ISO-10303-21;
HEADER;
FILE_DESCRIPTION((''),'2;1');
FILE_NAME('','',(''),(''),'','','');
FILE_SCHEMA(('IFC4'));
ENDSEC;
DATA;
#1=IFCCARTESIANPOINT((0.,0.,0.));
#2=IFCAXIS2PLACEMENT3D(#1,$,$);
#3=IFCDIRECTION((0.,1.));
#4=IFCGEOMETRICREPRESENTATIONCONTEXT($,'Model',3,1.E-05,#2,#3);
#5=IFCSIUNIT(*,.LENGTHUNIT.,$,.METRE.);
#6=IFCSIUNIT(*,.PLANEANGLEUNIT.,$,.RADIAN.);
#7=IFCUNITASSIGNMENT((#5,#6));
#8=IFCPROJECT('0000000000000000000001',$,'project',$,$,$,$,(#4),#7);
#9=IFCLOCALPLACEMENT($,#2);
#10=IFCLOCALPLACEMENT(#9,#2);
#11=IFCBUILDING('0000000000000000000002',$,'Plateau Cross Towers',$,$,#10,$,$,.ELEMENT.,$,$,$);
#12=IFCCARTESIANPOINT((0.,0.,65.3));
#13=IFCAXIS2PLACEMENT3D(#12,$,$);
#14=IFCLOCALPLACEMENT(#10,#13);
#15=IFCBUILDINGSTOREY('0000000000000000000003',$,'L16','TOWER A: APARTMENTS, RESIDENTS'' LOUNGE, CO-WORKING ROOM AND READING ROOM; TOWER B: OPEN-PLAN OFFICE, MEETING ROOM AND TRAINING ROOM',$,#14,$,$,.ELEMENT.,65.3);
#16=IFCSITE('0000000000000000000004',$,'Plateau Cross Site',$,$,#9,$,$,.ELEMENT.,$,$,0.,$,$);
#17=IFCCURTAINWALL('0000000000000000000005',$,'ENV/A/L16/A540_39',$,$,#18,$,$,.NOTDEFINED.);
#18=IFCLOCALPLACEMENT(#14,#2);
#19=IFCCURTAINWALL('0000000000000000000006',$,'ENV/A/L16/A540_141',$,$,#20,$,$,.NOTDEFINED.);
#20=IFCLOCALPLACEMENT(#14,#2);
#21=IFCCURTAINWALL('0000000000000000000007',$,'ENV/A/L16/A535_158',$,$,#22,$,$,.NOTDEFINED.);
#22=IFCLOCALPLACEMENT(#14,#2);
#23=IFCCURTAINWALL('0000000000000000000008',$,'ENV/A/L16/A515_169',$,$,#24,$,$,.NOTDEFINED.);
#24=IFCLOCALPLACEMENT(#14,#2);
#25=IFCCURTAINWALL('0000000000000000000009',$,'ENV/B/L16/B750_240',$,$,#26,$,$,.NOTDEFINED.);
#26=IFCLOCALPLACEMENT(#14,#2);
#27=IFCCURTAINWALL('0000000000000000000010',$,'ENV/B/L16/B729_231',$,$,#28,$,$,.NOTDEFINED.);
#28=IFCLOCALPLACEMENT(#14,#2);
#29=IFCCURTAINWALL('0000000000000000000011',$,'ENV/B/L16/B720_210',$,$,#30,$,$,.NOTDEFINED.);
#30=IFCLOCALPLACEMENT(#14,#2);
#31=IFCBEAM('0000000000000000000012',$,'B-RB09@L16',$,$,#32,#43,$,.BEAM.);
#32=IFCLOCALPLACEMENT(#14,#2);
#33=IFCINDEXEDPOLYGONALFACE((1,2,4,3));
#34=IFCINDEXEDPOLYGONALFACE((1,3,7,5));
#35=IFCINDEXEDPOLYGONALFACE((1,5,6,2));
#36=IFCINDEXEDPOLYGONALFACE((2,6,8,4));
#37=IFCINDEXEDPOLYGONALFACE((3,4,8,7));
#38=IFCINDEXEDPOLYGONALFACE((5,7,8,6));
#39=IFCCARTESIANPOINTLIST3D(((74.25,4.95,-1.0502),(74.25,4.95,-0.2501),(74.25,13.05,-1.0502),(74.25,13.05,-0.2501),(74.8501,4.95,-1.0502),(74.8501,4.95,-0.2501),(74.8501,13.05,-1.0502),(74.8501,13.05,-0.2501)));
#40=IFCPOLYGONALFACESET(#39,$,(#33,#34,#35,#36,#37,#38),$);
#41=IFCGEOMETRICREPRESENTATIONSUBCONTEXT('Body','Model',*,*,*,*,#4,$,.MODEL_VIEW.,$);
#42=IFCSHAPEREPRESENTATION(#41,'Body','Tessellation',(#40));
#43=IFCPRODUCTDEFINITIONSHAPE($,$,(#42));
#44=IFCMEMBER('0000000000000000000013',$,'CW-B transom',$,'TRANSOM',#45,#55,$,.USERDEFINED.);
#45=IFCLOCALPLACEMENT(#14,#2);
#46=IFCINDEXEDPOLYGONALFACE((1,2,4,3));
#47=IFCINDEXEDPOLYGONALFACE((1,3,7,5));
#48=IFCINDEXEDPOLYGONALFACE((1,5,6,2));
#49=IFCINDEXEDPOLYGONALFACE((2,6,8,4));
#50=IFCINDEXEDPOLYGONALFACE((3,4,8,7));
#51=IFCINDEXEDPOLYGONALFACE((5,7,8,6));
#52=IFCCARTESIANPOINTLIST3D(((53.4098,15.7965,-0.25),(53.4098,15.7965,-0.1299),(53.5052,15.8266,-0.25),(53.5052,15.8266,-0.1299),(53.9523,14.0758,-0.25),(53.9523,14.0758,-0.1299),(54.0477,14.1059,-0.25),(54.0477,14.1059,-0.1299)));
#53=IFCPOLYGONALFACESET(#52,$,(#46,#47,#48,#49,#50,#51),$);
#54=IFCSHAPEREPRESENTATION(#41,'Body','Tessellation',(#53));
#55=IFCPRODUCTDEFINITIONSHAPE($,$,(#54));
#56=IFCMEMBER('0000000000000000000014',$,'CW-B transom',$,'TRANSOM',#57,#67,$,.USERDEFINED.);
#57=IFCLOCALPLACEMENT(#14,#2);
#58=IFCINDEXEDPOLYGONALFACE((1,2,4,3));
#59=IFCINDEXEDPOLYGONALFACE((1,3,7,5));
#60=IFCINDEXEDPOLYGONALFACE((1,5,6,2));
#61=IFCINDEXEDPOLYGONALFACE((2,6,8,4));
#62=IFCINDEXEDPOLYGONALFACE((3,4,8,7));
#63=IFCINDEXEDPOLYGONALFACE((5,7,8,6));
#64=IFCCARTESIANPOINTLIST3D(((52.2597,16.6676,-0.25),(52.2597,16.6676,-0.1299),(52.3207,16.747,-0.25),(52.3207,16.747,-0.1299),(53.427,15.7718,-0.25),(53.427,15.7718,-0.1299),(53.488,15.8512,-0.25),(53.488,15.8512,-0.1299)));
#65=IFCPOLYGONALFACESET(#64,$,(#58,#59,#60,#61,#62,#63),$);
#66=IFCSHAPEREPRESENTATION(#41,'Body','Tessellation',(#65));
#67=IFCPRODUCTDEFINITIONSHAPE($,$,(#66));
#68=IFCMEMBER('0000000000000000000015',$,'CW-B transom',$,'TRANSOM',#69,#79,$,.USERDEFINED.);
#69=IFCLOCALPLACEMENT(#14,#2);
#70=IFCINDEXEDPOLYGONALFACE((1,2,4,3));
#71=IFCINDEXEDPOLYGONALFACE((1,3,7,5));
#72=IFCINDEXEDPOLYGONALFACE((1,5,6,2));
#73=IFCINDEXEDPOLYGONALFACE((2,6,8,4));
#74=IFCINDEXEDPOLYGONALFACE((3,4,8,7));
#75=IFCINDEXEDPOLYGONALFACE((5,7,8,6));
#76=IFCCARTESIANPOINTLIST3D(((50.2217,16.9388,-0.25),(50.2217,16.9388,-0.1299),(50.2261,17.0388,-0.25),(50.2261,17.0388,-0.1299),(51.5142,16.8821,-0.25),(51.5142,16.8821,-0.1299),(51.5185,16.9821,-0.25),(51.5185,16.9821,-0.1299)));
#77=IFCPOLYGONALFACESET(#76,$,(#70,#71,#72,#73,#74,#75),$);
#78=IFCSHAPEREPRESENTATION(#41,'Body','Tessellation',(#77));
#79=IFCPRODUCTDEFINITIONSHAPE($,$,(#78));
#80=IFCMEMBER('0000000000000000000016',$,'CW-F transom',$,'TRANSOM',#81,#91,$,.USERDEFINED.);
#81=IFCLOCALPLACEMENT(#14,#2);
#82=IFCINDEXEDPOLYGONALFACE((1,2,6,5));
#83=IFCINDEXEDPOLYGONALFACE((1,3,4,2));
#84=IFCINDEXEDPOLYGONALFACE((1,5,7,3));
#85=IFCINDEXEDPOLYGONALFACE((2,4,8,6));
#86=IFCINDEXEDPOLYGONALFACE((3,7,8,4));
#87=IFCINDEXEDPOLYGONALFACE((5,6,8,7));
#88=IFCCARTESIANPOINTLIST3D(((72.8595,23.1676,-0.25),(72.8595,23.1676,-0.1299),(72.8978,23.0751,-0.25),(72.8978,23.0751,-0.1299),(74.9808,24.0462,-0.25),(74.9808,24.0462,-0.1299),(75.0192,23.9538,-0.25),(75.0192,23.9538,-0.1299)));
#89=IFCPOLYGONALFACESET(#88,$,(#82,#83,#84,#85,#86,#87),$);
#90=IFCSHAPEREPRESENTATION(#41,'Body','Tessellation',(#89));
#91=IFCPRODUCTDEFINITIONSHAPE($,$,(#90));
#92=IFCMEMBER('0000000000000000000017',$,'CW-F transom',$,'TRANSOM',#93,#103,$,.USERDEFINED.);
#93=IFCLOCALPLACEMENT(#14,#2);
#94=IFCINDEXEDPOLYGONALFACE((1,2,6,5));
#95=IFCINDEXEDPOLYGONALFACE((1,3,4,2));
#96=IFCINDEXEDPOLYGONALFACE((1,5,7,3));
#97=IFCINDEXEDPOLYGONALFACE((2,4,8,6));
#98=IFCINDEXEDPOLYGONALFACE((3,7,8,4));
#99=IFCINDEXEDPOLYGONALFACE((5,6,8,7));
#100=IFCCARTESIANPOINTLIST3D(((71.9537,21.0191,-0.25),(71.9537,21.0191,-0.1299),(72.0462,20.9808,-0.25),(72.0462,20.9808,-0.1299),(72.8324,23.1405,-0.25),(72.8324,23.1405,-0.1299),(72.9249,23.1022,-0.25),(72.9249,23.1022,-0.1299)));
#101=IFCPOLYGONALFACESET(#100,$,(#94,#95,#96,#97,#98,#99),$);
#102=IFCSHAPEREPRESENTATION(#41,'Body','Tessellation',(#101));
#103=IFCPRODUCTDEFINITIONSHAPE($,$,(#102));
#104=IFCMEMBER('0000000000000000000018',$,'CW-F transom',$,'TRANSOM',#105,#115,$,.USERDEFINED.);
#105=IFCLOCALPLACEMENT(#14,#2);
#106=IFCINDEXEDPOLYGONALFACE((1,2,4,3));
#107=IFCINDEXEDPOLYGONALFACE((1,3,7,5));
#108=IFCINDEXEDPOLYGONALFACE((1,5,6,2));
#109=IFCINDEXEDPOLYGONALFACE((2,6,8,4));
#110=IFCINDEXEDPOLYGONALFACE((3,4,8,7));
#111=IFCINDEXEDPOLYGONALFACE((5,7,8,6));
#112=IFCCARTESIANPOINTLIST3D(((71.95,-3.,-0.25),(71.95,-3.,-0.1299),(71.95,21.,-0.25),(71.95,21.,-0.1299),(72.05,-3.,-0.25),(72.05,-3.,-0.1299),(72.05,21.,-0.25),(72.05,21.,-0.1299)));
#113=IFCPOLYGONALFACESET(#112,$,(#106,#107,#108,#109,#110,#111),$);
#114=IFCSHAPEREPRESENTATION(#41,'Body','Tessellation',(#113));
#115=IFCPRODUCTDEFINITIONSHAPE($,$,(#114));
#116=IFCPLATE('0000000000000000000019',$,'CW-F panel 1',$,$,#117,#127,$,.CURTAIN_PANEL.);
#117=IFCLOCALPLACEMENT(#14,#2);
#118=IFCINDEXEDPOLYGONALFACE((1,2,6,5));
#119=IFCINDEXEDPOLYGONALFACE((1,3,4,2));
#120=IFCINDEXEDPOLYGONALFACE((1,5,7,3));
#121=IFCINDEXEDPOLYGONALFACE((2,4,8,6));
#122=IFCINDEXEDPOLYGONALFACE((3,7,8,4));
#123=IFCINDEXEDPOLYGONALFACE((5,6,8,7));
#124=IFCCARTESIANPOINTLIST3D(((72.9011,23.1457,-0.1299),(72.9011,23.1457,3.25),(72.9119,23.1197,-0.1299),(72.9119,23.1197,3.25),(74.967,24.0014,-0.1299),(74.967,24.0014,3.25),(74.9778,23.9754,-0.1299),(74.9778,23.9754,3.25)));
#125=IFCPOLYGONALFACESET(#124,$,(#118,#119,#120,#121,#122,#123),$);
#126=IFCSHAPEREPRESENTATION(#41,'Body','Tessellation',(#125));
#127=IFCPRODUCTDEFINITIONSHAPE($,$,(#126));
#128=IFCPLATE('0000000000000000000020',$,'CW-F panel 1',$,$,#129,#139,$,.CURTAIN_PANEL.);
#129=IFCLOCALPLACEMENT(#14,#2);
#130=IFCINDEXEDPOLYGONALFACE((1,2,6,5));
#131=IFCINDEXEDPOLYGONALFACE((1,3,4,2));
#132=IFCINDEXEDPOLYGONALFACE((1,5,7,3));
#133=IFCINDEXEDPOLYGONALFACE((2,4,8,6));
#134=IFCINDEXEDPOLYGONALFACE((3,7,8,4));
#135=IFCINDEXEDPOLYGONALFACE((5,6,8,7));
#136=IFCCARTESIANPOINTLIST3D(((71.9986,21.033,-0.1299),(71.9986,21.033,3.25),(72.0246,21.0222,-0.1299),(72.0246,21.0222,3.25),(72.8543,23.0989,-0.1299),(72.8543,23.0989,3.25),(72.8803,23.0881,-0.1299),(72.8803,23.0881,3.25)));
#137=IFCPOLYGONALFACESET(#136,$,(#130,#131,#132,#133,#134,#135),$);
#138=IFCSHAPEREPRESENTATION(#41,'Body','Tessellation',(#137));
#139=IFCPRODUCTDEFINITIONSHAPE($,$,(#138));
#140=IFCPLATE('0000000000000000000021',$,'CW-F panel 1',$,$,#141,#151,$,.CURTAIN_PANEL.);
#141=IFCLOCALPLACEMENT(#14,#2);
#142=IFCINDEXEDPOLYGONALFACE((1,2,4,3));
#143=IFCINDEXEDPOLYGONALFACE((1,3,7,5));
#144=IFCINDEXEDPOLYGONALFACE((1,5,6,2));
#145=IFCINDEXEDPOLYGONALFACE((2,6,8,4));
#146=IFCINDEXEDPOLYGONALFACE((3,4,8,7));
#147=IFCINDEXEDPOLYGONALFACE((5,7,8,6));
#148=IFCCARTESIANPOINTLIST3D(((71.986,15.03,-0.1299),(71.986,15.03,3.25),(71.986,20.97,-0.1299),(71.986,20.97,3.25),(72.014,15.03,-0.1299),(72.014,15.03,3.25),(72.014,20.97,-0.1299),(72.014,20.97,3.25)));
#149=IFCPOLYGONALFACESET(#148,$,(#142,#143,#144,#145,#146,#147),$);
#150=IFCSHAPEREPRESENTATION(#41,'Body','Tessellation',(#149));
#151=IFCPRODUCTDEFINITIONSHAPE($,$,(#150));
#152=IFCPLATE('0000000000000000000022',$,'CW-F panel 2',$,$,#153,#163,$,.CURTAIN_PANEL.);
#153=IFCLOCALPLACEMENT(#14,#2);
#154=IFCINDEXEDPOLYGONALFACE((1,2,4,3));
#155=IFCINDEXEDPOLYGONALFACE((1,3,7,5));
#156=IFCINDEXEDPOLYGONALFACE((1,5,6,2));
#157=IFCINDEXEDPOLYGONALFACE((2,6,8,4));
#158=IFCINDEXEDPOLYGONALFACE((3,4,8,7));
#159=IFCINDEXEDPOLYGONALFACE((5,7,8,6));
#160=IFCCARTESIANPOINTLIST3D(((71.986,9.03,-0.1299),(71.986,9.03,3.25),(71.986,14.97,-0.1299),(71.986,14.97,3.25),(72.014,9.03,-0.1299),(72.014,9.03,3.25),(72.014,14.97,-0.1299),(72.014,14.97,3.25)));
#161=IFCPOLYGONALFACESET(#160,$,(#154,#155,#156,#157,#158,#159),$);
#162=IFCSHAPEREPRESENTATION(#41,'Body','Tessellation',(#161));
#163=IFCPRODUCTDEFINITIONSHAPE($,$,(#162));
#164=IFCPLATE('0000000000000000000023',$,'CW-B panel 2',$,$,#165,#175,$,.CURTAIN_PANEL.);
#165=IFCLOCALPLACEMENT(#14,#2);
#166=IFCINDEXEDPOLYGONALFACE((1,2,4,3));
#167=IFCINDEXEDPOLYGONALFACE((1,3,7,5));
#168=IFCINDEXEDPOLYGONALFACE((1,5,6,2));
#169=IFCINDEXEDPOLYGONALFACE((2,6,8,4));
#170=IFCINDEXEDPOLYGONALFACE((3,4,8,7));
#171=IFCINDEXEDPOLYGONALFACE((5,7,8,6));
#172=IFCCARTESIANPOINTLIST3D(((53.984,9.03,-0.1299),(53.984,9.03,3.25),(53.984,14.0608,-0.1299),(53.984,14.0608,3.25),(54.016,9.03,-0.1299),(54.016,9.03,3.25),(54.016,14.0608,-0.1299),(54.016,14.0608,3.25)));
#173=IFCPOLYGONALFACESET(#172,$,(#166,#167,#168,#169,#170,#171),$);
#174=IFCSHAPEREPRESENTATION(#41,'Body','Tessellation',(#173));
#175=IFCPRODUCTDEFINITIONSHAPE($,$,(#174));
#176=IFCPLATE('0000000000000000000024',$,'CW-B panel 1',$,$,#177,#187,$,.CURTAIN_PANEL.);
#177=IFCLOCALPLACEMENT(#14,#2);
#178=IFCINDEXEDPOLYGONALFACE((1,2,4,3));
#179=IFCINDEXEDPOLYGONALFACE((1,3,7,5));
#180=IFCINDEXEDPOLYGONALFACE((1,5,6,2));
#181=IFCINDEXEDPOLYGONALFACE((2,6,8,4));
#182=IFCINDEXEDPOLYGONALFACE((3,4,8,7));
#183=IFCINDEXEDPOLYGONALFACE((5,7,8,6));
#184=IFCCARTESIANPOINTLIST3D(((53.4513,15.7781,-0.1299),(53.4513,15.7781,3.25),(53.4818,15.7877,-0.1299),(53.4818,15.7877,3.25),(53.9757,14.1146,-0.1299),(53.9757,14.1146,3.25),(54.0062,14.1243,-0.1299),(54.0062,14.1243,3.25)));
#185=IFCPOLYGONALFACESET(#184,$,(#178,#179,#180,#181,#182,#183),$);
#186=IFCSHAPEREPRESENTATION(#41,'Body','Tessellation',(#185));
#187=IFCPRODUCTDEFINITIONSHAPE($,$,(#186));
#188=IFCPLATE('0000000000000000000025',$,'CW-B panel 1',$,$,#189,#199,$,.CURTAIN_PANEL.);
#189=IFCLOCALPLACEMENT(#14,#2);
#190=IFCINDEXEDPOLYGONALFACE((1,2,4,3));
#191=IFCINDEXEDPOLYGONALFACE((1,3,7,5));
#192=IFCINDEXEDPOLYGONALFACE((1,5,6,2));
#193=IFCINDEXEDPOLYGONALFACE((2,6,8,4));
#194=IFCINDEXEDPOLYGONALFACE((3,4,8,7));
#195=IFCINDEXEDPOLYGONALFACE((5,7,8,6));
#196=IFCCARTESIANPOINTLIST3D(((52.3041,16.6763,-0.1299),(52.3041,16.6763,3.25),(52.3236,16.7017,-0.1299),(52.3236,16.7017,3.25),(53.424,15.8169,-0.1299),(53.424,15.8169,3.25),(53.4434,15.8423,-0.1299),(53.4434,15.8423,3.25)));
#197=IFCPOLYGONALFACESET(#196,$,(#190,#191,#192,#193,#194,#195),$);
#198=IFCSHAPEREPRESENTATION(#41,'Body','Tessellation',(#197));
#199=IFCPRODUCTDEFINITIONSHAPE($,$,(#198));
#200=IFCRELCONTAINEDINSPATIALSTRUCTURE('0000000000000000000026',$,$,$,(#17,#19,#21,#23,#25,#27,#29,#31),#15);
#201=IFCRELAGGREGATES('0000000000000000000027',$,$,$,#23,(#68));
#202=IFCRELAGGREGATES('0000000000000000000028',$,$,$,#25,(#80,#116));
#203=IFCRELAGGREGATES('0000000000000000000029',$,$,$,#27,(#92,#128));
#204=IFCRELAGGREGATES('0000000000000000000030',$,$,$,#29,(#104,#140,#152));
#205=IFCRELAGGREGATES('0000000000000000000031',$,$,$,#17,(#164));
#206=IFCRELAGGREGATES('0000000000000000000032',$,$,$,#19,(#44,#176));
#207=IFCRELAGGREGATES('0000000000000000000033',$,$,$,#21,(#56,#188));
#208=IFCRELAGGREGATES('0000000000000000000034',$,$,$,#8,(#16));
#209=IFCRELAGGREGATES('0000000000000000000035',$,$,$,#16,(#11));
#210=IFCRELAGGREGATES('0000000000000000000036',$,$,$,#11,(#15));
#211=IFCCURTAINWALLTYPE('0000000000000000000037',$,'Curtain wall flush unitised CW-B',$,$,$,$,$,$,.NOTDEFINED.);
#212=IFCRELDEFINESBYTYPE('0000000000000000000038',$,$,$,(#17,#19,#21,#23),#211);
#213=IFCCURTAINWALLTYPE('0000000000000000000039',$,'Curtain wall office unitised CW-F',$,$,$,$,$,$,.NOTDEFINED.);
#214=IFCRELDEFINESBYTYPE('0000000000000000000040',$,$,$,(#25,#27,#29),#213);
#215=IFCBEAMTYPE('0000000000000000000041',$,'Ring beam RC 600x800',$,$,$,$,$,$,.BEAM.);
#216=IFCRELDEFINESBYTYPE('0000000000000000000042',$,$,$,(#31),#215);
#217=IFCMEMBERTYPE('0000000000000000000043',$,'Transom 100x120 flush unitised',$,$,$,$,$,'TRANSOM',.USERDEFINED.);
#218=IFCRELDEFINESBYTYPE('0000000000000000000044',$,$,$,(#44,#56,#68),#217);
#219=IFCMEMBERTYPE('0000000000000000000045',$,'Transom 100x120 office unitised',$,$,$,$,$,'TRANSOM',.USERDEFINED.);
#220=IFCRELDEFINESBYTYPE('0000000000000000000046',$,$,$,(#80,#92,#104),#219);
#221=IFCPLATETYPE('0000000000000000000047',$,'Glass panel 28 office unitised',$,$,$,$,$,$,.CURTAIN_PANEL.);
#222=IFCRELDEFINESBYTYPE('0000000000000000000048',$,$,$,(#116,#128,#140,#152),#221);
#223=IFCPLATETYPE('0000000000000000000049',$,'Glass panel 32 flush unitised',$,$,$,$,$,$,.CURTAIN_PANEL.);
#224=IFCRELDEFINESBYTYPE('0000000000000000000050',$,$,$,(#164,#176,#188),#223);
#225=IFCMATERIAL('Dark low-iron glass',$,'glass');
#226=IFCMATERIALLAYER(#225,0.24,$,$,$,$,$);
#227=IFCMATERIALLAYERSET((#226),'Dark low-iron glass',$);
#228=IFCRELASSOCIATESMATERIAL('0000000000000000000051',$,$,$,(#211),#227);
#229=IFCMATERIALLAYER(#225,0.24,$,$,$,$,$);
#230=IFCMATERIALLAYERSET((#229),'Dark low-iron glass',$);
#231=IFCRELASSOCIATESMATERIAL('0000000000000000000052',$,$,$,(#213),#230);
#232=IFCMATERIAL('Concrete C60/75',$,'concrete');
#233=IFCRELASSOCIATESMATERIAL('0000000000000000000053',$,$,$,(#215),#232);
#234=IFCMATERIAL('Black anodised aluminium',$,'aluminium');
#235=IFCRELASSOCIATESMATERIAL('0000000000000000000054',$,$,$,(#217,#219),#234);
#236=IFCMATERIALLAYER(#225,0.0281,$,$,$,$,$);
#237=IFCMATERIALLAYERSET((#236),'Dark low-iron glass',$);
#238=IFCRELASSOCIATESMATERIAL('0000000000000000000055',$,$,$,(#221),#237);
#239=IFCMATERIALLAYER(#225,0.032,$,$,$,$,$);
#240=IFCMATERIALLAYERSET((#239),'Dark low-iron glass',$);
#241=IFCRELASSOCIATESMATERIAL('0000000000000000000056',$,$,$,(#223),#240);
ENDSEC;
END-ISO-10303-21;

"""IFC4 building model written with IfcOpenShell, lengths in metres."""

from ifc_helpers import new_model, si_unit, direction, frame, origin, origin_2d, place, context, subcontext, project, spatial, rectangle, extrude, material, layer, layer_set, material_profile, profile_set, type_object, element, aggregate, save


model = new_model("IFC4")

# Units and contexts
model_context = context("Model", 3, precision=1e-05, world=origin(), true_north=direction((0.0, 1.0)))
body_context = subcontext(model_context, "Body", "Model", "MODEL_VIEW")
ifc_project = project(units=[si_unit("LENGTHUNIT", "METRE"), si_unit("PLANEANGLEUNIT", "RADIAN")], contexts=[model_context])

# Site, building, storey
site_placement = place(None, origin())
site = spatial("IfcSite", under=ifc_project, at=site_placement, Name="Plateau Cross Site", CompositionType="ELEMENT", RefElevation=0.0)
building_placement = place(site_placement, origin())
building = spatial("IfcBuilding", under=site, at=building_placement, Name="Plateau Cross Towers", CompositionType="ELEMENT")
storey_placement = place(building_placement, frame((0.0, 0.0, 65.3)))
storey = spatial("IfcBuildingStorey", under=building, at=storey_placement, Name="L16", Description="TOWER A: APARTMENTS, RESIDENTS' LOUNGE, CO-WORKING ROOM AND READING ROOM; TOWER B: OPEN-PLAN OFFICE, MEETING ROOM AND TRAINING ROOM", CompositionType="ELEMENT", Elevation=65.3)

# Shared definitions
ifc_material_1 = material(Name="Concrete C60/75", Category="concrete")

# Curtain walls
ifc_material_2 = material(Name="Dark low-iron glass", Category="glass")
ifc_layer_1 = layer(ifc_material_2, 0.24)
ifc_layer_set_1 = layer_set([ifc_layer_1], Name="Dark low-iron glass")
curtain_wall_type_1 = type_object("IfcCurtainWallType", Name="Curtain wall flush unitised CW-B", PredefinedType="NOTDEFINED", material=ifc_layer_set_1)
curtain_wall_1_placement = place(storey_placement, origin())
curtain_wall_1 = element("IfcCurtainWall", 1, at=curtain_wall_1_placement, inside=storey, type_object=curtain_wall_type_1, Name="ENV/A/L16/A540_39", PredefinedType="NOTDEFINED")
ifc_material_3 = material(Name="Black anodised aluminium", Category="aluminium")
curtain_wall_2_placement = place(storey_placement, origin())
curtain_wall_2 = element("IfcCurtainWall", 2, at=curtain_wall_2_placement, inside=storey, type_object=curtain_wall_type_1, Name="ENV/A/L16/A540_141", PredefinedType="NOTDEFINED")

# Curtain wall
curtain_wall_3_placement = place(storey_placement, origin())
curtain_wall_3 = element("IfcCurtainWall", 3, at=curtain_wall_3_placement, inside=storey, type_object=curtain_wall_type_1, Name="ENV/A/L16/A535_158", PredefinedType="NOTDEFINED")

# Curtain walls
curtain_wall_4_placement = place(storey_placement, origin())
curtain_wall_4 = element("IfcCurtainWall", 4, at=curtain_wall_4_placement, inside=storey, type_object=curtain_wall_type_1, Name="ENV/A/L16/A515_169", PredefinedType="NOTDEFINED")
ifc_layer_2 = layer(ifc_material_2, 0.24)
ifc_layer_set_2 = layer_set([ifc_layer_2], Name="Dark low-iron glass")
curtain_wall_type_2 = type_object("IfcCurtainWallType", Name="Curtain wall office unitised CW-F", PredefinedType="NOTDEFINED", material=ifc_layer_set_2)
curtain_wall_5_placement = place(storey_placement, origin())
curtain_wall_5 = element("IfcCurtainWall", 5, at=curtain_wall_5_placement, inside=storey, type_object=curtain_wall_type_2, Name="ENV/B/L16/B750_240", PredefinedType="NOTDEFINED")
curtain_wall_6_placement = place(storey_placement, origin())
curtain_wall_6 = element("IfcCurtainWall", 6, at=curtain_wall_6_placement, inside=storey, type_object=curtain_wall_type_2, Name="ENV/B/L16/B729_231", PredefinedType="NOTDEFINED")

# Curtain wall
curtain_wall_7_placement = place(storey_placement, origin())
curtain_wall_7 = element("IfcCurtainWall", 7, at=curtain_wall_7_placement, inside=storey, type_object=curtain_wall_type_2, Name="ENV/B/L16/B720_210", PredefinedType="NOTDEFINED")

# Beam
ifc_material_profile_1 = material_profile(ifc_material_1, rectangle(XDim=0.6001, YDim=0.8, at=origin_2d()), Name="RC 600x800")
ifc_profile_set_1 = profile_set([ifc_material_profile_1], Name="Concrete C60/75")
beam_type = type_object("IfcBeamType", Name="Ring beam RC 600x800", PredefinedType="BEAM", material=ifc_profile_set_1)
for number, where, z_axis, x_axis, name in (
    (8, (74.55, 13.05, -0.6501), (0.0, -1.0, 0.0), (1.0, 0.0, 0.0), "B-RB09@L16"),
):
    element("IfcBeam", number, at=place(storey_placement, frame(where, z_axis=z_axis, x_axis=x_axis)), inside=storey, type_object=beam_type, Name=name, PredefinedType="BEAM", context=body_context, shape_type="SweptSolid", body=[
        extrude(rectangle(XDim=0.6001, YDim=0.8, at=origin_2d()), origin(), (0.0, 0.0, 1.0), 8.1001),
    ])

# Members
ifc_material_profile_2 = material_profile(ifc_material_3, rectangle(XDim=0.1001, YDim=0.1201, at=origin_2d()), Name="TRANSOM 100x120")
ifc_profile_set_2 = profile_set([ifc_material_profile_2], Name="Black anodised aluminium")
member_type_1 = type_object("IfcMemberType", Name="Transom 100x120 flush unitised", ElementType="TRANSOM", PredefinedType="USERDEFINED", material=ifc_profile_set_2)
member_1_placement = place(storey_placement, frame((54.0, 14.0908, -0.1899), z_axis=(-0.300678, 0.953726, 0.0), x_axis=(-0.953726, -0.300678, 0.0)))
member_1 = element("IfcMember", 9, at=member_1_placement, type_object=member_type_1, Name="CW-B transom", ObjectType="TRANSOM", PredefinedType="USERDEFINED", context=body_context, shape_type="SweptSolid", body=[
    extrude(rectangle(XDim=0.1001, YDim=0.1201, at=origin_2d()), origin(), (0.0, 0.0, 1.0), 1.8042),
])
member_2_placement = place(storey_placement, frame((53.4575, 15.8115, -0.1899), z_axis=(-0.793321, 0.608804, 0.0), x_axis=(-0.608804, -0.793321, 0.0)))
member_2 = element("IfcMember", 10, at=member_2_placement, type_object=member_type_1, Name="CW-B transom", ObjectType="TRANSOM", PredefinedType="USERDEFINED", context=body_context, shape_type="SweptSolid", body=[
    extrude(rectangle(XDim=0.1001, YDim=0.1201, at=origin_2d()), origin(), (0.0, 0.0, 1.0), 1.4714),
])
member_3_placement = place(storey_placement, frame((51.5164, 16.9321, -0.1899), z_axis=(-0.999041, 0.043781, 0.0), x_axis=(-0.043781, -0.999041, 0.0)))
member_3 = element("IfcMember", 11, at=member_3_placement, type_object=member_type_1, Name="CW-B transom", ObjectType="TRANSOM", PredefinedType="USERDEFINED", context=body_context, shape_type="SweptSolid", body=[
    extrude(rectangle(XDim=0.1001, YDim=0.1201, at=origin_2d()), origin(), (0.0, 0.0, 1.0), 1.2937),
])
aggregate(curtain_wall_4, [member_3])
ifc_material_profile_3 = material_profile(ifc_material_3, rectangle(XDim=0.1001, YDim=0.1201, at=origin_2d()), Name="TRANSOM 100x120")
ifc_profile_set_3 = profile_set([ifc_material_profile_3], Name="Black anodised aluminium")
member_type_2 = type_object("IfcMemberType", Name="Transom 100x120 office unitised", ElementType="TRANSOM", PredefinedType="USERDEFINED", material=ifc_profile_set_3)
member_4_placement = place(storey_placement, frame((75.0, 24.0, -0.1899), z_axis=(-0.923883, -0.382674, 0.0), x_axis=(0.382674, -0.923883, 0.0)))
member_4 = element("IfcMember", 12, at=member_4_placement, type_object=member_type_2, Name="CW-F transom", ObjectType="TRANSOM", PredefinedType="USERDEFINED", context=body_context, shape_type="SweptSolid", body=[
    extrude(rectangle(XDim=0.1001, YDim=0.1201, at=origin_2d()), origin(), (0.0, 0.0, 1.0), 2.2961),
])
member_5_placement = place(storey_placement, frame((72.8787, 23.1213, -0.1899), z_axis=(-0.382674, -0.923883, 0.0), x_axis=(0.923883, -0.382674, 0.0)))
member_5 = element("IfcMember", 13, at=member_5_placement, type_object=member_type_2, Name="CW-F transom", ObjectType="TRANSOM", PredefinedType="USERDEFINED", context=body_context, shape_type="SweptSolid", body=[
    extrude(rectangle(XDim=0.1001, YDim=0.1201, at=origin_2d()), origin(), (0.0, 0.0, 1.0), 2.2961),
])
member_6_placement = place(storey_placement, frame((72.0, 21.0, -0.1899), z_axis=(0.0, -1.0, 0.0), x_axis=(1.0, 0.0, 0.0)))
member_6 = element("IfcMember", 14, at=member_6_placement, type_object=member_type_2, Name="CW-F transom", ObjectType="TRANSOM", PredefinedType="USERDEFINED", context=body_context, shape_type="SweptSolid", body=[
    extrude(rectangle(XDim=0.1001, YDim=0.1201, at=origin_2d()), origin(), (0.0, 0.0, 1.0), 24.0),
])

# Plates
ifc_layer_3 = layer(ifc_material_2, 0.0281)
ifc_layer_set_3 = layer_set([ifc_layer_3], Name="Dark low-iron glass")
plate_type_1 = type_object("IfcPlateType", Name="Glass panel 28 office unitised", PredefinedType="CURTAIN_PANEL", material=ifc_layer_set_3)
plate_1_placement = place(storey_placement, frame((73.9395, 23.5605, -0.1299), z_axis=(0.0, 0.0, 1.0), x_axis=(-0.923879, -0.382684, 0.0)))
plate_1 = element("IfcPlate", 15, at=plate_1_placement, type_object=plate_type_1, Name="CW-F panel 1", PredefinedType="CURTAIN_PANEL", context=body_context, shape_type="SweptSolid", body=[
    extrude(rectangle(XDim=2.2361, YDim=0.0281, at=origin_2d()), origin(), (0.0, 0.0, 1.0), 3.3799),
])
aggregate(curtain_wall_5, [member_4, plate_1])
plate_2_placement = place(storey_placement, frame((72.4395, 22.0605, -0.1299), z_axis=(0.0, 0.0, 1.0), x_axis=(-0.382684, -0.923879, 0.0)))
plate_2 = element("IfcPlate", 16, at=plate_2_placement, type_object=plate_type_1, Name="CW-F panel 1", PredefinedType="CURTAIN_PANEL", context=body_context, shape_type="SweptSolid", body=[
    extrude(rectangle(XDim=2.2361, YDim=0.0281, at=origin_2d()), origin(), (0.0, 0.0, 1.0), 3.3799),
])
aggregate(curtain_wall_6, [member_5, plate_2])
plate_3_placement = place(storey_placement, frame((72.0, 18.0, -0.1299), z_axis=(0.0, 0.0, 1.0), x_axis=(0.0, -1.0, 0.0)))
plate_3 = element("IfcPlate", 17, at=plate_3_placement, type_object=plate_type_1, Name="CW-F panel 1", PredefinedType="CURTAIN_PANEL", context=body_context, shape_type="SweptSolid", body=[
    extrude(rectangle(XDim=5.9399, YDim=0.0281, at=origin_2d()), origin(), (0.0, 0.0, 1.0), 3.3799),
])
plate_4_placement = place(storey_placement, frame((72.0, 12.0, -0.1299), z_axis=(0.0, 0.0, 1.0), x_axis=(0.0, -1.0, 0.0)))
plate_4 = element("IfcPlate", 18, at=plate_4_placement, type_object=plate_type_1, Name="CW-F panel 2", PredefinedType="CURTAIN_PANEL", context=body_context, shape_type="SweptSolid", body=[
    extrude(rectangle(XDim=5.9399, YDim=0.0281, at=origin_2d()), origin(), (0.0, 0.0, 1.0), 3.3799),
])
aggregate(curtain_wall_7, [member_6, plate_3, plate_4])
ifc_layer_4 = layer(ifc_material_2, 0.032)
ifc_layer_set_4 = layer_set([ifc_layer_4], Name="Dark low-iron glass")
plate_type_2 = type_object("IfcPlateType", Name="Glass panel 32 flush unitised", PredefinedType="CURTAIN_PANEL", material=ifc_layer_set_4)
plate_5_placement = place(storey_placement, frame((54.0, 11.5454, -0.1299), z_axis=(0.0, 0.0, 1.0), x_axis=(0.0, 1.0, 0.0)))
plate_5 = element("IfcPlate", 19, at=plate_5_placement, type_object=plate_type_2, Name="CW-B panel 2", PredefinedType="CURTAIN_PANEL", context=body_context, shape_type="SweptSolid", body=[
    extrude(rectangle(XDim=5.0308, YDim=0.032, at=origin_2d()), origin(), (0.0, 0.0, 1.0), 3.3799),
])
aggregate(curtain_wall_1, [plate_5])
plate_6_placement = place(storey_placement, frame((53.7288, 14.9512, -0.1299), z_axis=(0.0, 0.0, 1.0), x_axis=(-0.300686, 0.953723, 0.0)))
plate_6 = element("IfcPlate", 20, at=plate_6_placement, type_object=plate_type_2, Name="CW-B panel 1", PredefinedType="CURTAIN_PANEL", context=body_context, shape_type="SweptSolid", body=[
    extrude(rectangle(XDim=1.7441, YDim=0.032, at=origin_2d()), origin(), (0.0, 0.0, 1.0), 3.3799),
])
aggregate(curtain_wall_2, [member_1, plate_6])
plate_7_placement = place(storey_placement, frame((52.8738, 16.2593, -0.1299), z_axis=(0.0, 0.0, 1.0), x_axis=(-0.793316, 0.608811, 0.0)))
plate_7 = element("IfcPlate", 21, at=plate_7_placement, type_object=plate_type_2, Name="CW-B panel 1", PredefinedType="CURTAIN_PANEL", context=body_context, shape_type="SweptSolid", body=[
    extrude(rectangle(XDim=1.4116, YDim=0.032, at=origin_2d()), origin(), (0.0, 0.0, 1.0), 3.3799),
])
aggregate(curtain_wall_3, [member_2, plate_7])

save(model, "model.ifc")
